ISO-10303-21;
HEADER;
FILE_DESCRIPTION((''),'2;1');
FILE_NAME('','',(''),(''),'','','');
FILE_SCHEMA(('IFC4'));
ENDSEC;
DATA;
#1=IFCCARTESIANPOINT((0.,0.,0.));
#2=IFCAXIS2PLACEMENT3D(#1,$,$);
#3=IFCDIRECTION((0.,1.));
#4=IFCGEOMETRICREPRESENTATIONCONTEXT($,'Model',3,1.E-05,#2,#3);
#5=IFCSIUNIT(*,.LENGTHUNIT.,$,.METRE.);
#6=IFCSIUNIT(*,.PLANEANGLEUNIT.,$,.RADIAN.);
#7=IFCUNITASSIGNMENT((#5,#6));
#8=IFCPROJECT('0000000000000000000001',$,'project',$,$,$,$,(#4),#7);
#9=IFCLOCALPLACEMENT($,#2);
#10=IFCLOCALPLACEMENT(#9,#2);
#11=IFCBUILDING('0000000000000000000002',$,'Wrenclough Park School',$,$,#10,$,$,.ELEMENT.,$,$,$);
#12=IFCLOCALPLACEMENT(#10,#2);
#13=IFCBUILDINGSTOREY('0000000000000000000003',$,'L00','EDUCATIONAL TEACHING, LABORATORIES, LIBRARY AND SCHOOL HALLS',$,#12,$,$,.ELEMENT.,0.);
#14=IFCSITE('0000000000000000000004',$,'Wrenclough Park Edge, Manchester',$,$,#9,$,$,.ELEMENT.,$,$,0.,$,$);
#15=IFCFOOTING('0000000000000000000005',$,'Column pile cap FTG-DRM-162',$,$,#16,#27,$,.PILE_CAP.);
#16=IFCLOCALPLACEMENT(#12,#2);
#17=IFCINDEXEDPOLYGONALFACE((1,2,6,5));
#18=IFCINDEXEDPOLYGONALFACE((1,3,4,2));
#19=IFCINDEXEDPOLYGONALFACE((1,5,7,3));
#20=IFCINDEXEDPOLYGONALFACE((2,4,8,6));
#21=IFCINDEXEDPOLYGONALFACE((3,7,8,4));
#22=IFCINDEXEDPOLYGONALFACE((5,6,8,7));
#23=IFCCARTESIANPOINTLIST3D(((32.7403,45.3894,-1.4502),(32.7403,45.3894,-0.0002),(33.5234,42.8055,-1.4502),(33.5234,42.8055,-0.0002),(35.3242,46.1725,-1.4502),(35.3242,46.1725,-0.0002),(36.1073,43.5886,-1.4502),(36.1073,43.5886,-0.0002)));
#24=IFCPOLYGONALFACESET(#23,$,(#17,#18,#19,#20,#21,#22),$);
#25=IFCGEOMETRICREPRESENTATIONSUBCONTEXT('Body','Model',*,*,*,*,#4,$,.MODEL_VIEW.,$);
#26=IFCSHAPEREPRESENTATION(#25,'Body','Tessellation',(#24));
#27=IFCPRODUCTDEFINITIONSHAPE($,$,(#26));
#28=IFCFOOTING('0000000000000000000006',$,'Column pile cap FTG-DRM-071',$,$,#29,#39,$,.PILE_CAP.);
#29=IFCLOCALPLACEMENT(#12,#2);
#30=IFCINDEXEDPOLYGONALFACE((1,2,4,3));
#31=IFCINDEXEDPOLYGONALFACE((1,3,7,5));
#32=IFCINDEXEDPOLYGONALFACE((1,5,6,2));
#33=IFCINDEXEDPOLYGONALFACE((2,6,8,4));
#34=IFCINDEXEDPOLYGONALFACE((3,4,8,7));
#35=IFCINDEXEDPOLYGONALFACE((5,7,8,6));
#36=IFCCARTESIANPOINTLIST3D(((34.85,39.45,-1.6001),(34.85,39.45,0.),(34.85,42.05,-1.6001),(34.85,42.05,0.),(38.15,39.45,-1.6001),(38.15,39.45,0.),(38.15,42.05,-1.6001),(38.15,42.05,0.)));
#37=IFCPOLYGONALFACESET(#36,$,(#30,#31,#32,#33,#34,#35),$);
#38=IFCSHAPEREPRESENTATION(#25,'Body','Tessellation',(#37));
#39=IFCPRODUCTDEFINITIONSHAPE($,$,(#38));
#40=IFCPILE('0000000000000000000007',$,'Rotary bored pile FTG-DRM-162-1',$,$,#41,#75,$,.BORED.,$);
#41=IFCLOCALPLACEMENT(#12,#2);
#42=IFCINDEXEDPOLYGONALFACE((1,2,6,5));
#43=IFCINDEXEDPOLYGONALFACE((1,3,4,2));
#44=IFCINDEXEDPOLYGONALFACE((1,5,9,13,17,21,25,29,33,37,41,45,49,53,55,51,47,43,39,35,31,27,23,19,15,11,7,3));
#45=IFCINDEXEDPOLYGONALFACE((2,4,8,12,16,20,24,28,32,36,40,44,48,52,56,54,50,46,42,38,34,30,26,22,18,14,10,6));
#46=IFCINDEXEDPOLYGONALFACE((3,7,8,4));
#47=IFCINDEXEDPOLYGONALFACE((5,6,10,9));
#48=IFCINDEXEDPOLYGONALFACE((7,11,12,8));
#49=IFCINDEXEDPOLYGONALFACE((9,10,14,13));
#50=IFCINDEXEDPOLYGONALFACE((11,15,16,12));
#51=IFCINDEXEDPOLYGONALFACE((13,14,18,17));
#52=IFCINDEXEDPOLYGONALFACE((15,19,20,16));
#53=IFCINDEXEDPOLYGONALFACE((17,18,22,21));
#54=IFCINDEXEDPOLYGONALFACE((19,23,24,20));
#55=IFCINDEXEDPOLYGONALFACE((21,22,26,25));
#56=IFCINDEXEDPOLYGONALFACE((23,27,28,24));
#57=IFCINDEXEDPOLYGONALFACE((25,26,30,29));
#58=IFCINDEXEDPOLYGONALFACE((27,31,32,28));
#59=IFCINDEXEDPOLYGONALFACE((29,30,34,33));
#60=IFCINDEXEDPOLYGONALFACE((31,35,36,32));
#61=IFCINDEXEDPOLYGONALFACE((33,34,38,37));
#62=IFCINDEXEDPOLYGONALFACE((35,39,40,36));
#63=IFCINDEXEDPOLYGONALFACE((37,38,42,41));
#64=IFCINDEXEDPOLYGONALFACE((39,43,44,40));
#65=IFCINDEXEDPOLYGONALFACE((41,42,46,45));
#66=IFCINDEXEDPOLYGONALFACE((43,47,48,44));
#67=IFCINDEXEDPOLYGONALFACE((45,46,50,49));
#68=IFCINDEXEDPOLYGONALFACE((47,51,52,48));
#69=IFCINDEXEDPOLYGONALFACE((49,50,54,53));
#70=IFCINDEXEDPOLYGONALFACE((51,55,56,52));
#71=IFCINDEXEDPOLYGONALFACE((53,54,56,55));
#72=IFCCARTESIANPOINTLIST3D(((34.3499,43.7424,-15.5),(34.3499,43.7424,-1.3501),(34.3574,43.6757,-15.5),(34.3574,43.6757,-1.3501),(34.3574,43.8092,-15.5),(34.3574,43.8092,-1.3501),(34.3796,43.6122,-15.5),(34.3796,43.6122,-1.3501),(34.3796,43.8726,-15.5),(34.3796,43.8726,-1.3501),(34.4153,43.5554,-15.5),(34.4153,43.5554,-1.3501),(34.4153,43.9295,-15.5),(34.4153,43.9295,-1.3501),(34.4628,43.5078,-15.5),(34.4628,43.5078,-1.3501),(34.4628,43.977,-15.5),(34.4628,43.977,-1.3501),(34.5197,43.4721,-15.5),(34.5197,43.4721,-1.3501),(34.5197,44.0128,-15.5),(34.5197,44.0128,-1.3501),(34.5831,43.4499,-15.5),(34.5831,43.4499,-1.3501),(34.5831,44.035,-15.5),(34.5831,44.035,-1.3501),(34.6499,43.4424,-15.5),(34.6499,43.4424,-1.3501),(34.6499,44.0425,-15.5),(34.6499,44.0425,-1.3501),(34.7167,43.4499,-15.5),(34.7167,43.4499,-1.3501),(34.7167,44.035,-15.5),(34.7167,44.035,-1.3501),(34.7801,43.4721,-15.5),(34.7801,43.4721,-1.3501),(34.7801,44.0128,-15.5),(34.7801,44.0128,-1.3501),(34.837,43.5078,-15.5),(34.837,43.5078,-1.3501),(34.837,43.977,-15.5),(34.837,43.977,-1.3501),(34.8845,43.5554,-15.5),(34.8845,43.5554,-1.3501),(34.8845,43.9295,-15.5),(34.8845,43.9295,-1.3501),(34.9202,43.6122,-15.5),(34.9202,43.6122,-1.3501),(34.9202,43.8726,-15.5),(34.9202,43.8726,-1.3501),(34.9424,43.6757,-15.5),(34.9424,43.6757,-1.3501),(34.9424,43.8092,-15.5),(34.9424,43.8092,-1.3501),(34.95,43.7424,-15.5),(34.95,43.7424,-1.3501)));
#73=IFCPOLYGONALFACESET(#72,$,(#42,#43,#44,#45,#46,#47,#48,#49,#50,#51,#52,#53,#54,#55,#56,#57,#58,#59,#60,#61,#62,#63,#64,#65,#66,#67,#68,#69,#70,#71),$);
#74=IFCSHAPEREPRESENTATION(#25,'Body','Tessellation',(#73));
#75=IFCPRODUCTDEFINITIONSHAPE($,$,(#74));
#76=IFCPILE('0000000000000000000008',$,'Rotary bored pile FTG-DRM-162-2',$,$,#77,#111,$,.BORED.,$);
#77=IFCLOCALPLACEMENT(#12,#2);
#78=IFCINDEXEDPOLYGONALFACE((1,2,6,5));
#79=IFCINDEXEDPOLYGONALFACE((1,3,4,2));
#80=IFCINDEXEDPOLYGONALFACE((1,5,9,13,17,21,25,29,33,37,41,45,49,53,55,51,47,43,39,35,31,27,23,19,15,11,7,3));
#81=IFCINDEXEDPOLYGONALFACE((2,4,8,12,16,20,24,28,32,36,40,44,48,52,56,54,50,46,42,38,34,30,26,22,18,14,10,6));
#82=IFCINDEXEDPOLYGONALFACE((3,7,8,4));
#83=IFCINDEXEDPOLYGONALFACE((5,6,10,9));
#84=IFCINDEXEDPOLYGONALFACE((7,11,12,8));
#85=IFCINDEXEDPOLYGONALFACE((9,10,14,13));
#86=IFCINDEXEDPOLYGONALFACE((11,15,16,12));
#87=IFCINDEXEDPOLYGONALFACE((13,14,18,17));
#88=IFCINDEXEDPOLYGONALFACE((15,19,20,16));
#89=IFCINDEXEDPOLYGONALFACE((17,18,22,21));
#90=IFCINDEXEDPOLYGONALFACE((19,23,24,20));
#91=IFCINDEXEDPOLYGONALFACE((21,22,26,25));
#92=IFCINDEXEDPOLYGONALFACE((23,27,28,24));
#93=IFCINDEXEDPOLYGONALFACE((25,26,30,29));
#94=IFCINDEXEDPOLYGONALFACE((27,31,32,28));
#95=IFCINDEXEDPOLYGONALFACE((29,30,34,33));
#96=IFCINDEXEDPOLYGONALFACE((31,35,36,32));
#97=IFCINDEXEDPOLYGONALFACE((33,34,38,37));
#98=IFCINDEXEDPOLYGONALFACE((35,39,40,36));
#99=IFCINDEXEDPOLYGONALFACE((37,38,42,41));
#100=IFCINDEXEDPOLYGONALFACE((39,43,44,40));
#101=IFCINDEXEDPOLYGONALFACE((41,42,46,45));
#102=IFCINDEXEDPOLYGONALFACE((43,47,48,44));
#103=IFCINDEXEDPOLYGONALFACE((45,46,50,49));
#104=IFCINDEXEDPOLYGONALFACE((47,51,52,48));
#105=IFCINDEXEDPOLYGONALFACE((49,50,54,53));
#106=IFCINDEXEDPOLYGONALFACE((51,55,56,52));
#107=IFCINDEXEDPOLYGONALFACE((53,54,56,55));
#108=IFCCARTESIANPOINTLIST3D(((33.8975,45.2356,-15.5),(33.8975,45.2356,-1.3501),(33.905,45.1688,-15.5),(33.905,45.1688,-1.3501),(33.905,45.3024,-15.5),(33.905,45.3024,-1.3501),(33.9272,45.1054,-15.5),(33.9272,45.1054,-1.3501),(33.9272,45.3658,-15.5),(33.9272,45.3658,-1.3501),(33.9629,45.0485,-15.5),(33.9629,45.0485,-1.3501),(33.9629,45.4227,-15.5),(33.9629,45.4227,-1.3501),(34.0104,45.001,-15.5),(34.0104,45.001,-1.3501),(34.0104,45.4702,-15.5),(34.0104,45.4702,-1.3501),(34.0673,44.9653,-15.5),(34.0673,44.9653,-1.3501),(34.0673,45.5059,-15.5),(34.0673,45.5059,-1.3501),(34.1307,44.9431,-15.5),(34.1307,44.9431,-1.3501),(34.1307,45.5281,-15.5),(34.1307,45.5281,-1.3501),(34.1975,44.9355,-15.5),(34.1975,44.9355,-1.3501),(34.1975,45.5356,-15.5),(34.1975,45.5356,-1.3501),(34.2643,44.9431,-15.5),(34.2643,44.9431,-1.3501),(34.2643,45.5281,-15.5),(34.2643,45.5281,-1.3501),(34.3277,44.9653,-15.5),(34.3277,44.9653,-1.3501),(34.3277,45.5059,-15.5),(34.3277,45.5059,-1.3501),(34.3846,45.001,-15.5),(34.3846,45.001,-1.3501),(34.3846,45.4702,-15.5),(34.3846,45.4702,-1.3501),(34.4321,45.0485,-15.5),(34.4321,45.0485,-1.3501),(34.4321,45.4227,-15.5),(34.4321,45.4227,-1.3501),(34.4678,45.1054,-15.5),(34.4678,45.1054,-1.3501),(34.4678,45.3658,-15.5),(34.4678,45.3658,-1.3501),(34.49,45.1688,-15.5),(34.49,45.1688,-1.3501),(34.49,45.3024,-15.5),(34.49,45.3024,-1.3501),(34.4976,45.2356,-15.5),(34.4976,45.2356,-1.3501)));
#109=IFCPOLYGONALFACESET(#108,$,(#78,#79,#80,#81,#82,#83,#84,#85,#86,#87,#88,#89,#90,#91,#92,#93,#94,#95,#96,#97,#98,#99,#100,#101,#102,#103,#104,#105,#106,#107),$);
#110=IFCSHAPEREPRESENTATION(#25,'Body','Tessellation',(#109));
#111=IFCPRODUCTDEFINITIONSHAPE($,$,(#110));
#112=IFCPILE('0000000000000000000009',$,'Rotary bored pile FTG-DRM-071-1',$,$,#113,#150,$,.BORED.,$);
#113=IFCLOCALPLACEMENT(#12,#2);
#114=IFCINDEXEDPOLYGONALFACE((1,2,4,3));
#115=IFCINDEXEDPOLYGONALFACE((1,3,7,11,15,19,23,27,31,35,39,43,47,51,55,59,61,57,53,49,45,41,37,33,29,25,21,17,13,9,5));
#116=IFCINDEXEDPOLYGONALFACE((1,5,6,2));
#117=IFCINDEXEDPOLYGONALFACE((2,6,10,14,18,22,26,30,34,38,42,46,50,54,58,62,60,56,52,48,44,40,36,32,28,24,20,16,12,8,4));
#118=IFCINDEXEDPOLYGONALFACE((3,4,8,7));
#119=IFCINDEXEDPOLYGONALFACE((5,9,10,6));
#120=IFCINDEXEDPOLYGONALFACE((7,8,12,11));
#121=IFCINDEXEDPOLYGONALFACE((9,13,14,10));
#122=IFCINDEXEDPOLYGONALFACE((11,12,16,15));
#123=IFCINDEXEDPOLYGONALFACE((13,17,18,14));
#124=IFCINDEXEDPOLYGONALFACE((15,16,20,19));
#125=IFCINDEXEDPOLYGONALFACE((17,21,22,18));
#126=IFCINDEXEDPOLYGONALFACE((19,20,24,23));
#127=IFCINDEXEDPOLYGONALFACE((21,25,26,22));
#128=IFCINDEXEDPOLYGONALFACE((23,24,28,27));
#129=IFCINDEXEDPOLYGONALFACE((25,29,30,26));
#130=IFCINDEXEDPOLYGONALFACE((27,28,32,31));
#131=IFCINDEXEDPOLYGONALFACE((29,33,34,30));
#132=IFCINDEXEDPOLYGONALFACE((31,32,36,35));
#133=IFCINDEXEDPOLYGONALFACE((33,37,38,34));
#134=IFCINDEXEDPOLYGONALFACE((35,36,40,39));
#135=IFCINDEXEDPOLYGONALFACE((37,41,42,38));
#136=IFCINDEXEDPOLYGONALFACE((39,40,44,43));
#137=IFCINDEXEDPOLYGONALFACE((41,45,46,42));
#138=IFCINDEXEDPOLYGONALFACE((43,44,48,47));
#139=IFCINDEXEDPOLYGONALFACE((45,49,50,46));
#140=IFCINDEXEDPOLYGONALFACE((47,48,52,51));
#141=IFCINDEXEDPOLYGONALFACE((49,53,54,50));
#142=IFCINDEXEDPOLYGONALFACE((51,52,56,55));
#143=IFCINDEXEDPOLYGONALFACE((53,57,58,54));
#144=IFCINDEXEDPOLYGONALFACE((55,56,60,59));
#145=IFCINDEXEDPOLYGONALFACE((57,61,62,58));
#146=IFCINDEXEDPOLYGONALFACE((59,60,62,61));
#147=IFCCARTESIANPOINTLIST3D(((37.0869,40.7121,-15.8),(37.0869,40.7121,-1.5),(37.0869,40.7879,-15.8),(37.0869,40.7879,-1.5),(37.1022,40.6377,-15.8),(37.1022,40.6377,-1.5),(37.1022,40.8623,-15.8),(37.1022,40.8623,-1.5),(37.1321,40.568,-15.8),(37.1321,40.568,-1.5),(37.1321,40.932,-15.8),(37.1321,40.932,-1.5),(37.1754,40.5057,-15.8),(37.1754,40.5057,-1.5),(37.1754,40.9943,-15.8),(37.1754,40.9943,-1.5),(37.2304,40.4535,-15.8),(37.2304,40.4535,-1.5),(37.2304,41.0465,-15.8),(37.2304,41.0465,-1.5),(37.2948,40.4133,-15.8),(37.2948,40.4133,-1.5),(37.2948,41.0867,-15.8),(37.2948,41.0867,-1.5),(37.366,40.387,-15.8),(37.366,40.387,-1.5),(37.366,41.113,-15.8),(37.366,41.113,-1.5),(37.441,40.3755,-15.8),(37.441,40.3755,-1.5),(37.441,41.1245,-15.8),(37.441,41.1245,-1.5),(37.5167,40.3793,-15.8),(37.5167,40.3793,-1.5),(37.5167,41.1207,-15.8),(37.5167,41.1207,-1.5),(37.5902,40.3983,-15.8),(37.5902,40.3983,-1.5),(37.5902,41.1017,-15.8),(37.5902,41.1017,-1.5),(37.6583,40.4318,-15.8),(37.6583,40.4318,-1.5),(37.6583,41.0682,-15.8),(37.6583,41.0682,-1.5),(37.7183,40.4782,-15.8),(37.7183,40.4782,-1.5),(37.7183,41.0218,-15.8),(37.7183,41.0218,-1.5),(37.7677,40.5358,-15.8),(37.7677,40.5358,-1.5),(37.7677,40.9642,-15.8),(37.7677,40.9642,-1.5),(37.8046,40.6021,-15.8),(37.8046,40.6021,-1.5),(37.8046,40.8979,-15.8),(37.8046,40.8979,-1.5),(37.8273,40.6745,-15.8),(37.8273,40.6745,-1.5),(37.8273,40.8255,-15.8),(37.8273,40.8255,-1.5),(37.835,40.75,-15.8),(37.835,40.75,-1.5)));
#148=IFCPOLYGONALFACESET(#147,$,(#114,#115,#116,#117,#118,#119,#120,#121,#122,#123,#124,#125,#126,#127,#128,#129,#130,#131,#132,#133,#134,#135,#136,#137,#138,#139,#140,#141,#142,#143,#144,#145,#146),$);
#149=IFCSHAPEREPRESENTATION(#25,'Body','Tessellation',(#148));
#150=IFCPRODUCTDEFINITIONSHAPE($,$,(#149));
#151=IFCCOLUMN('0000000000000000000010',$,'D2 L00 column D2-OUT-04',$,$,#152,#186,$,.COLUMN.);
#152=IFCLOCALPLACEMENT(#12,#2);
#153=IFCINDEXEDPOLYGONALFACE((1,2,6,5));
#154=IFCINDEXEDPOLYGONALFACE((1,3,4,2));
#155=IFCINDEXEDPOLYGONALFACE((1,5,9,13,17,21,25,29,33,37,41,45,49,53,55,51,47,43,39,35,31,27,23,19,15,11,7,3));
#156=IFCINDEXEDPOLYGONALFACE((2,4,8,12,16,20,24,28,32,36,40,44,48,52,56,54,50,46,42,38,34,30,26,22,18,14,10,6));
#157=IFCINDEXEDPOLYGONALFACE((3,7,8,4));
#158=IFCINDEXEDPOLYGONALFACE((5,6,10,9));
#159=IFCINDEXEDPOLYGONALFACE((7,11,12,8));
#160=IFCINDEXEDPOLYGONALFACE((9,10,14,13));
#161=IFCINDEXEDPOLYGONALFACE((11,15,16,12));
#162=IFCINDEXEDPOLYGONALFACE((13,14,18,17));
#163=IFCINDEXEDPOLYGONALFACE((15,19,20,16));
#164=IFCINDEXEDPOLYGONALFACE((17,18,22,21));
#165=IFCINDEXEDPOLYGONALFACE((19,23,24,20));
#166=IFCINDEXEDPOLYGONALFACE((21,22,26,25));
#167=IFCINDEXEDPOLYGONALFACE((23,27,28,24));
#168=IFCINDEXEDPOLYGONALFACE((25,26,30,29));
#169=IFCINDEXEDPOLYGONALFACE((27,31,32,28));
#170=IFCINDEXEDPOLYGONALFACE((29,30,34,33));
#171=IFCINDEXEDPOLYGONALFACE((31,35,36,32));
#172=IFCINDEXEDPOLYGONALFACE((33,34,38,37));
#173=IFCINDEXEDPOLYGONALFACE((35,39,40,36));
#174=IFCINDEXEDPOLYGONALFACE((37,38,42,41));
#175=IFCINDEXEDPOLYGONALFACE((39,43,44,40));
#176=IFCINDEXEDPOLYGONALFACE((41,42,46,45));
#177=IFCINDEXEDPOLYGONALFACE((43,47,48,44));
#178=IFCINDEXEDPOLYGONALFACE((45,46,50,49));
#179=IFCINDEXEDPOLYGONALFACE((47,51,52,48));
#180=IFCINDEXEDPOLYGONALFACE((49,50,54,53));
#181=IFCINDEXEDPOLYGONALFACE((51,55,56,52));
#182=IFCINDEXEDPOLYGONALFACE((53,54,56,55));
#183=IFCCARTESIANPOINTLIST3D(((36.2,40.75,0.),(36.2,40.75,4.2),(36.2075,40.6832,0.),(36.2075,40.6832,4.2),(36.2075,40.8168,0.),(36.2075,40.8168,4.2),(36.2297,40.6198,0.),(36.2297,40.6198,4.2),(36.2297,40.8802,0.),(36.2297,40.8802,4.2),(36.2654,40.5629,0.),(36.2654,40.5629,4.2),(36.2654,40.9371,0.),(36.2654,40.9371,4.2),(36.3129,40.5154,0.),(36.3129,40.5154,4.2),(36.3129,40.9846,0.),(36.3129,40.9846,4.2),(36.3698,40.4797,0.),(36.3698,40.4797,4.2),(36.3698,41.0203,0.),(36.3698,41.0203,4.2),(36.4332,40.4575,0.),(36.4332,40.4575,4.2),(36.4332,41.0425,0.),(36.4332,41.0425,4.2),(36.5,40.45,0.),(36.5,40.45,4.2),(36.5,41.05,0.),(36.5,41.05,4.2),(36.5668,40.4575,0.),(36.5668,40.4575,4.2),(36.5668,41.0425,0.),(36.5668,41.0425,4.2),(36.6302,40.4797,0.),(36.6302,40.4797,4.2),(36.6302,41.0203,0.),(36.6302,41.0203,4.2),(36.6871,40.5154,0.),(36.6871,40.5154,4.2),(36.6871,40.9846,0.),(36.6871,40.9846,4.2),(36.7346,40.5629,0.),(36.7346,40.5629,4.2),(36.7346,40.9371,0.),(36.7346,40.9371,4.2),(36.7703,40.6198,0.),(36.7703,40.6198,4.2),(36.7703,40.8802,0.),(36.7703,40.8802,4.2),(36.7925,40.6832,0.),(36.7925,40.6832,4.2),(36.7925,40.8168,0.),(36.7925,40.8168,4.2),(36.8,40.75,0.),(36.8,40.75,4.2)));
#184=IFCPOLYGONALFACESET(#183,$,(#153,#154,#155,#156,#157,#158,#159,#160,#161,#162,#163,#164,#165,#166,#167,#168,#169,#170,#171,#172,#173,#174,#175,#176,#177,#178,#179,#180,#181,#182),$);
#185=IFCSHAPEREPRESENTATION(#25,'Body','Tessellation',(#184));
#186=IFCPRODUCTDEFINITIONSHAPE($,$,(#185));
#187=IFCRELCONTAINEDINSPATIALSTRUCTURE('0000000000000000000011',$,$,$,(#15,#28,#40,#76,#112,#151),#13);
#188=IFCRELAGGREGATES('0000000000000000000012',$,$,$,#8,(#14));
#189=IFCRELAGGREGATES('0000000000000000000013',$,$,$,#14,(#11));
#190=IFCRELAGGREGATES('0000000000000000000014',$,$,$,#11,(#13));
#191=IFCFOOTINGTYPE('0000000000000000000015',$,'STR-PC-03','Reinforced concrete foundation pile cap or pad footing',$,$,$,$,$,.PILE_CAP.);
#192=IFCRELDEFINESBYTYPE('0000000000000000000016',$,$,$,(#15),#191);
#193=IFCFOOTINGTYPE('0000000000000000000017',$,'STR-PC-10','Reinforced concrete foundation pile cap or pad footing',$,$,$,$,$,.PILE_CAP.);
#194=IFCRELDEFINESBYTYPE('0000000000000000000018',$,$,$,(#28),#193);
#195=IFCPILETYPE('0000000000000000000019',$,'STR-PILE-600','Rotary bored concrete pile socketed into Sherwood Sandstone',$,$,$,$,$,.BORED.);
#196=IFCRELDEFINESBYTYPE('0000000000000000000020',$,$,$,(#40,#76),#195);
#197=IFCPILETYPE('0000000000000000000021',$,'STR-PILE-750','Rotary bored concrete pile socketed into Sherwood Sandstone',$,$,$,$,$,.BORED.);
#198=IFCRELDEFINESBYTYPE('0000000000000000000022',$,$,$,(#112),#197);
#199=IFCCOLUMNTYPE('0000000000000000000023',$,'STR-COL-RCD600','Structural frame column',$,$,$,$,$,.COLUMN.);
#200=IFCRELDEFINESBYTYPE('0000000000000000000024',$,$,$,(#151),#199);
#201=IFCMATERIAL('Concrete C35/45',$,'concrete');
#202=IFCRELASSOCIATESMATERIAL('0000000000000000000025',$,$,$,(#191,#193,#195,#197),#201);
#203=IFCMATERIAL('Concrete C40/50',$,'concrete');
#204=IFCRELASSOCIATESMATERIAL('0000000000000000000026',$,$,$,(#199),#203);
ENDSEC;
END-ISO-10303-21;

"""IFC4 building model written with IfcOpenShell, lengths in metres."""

from ifc_helpers import new_model, si_unit, direction, frame, origin, origin_2d, place, context, subcontext, project, spatial, rectangle, circle, extrude, material, material_profile, profile_set, type_object, element, save


model = new_model("IFC4")

# Units and contexts
model_context = context("Model", 3, precision=1e-05, world=origin(), true_north=direction((0.0, 1.0)))
body_context = subcontext(model_context, "Body", "Model", "MODEL_VIEW")
ifc_project = project(units=[si_unit("LENGTHUNIT", "METRE"), si_unit("PLANEANGLEUNIT", "RADIAN")], contexts=[model_context])

# Site, building, storey
site_placement = place(None, origin())
site = spatial("IfcSite", under=ifc_project, at=site_placement, Name="Wrenclough Park Edge, Manchester", CompositionType="ELEMENT", RefElevation=0.0)
building_placement = place(site_placement, origin())
building = spatial("IfcBuilding", under=site, at=building_placement, Name="Wrenclough Park School", CompositionType="ELEMENT")
storey_placement = place(building_placement, origin())
storey = spatial("IfcBuildingStorey", under=building, at=storey_placement, Name="L00", Description="EDUCATIONAL TEACHING, LABORATORIES, LIBRARY AND SCHOOL HALLS", CompositionType="ELEMENT", Elevation=0.0)

# Footings
ifc_material_1 = material(Name="Concrete C35/45", Category="concrete")
footing_type_1 = type_object("IfcFootingType", Name="STR-PC-03", Description="Reinforced concrete foundation pile cap or pad footing", PredefinedType="PILE_CAP", material=ifc_material_1)
footing_1_placement = place(storey_placement, frame((34.4238, 44.489, -1.4502), z_axis=(0.0, 0.0, 1.0), x_axis=(-0.290034, 0.957016, 0.0)))
element("IfcFooting", 1, at=footing_1_placement, inside=storey, type_object=footing_type_1, Name="Column pile cap FTG-DRM-162", PredefinedType="PILE_CAP", context=body_context, shape_type="SweptSolid", body=[
    extrude(rectangle(XDim=2.7, YDim=2.7, at=origin_2d()), origin(), (0.0, 0.0, 1.0), 1.45),
])
footing_type_2 = type_object("IfcFootingType", Name="STR-PC-10", Description="Reinforced concrete foundation pile cap or pad footing", PredefinedType="PILE_CAP", material=ifc_material_1)
footing_2_placement = place(storey_placement, frame((36.5, 40.75, -1.6001), z_axis=(0.0, 0.0, 1.0), x_axis=(-1.0, 0.0, 0.0)))
element("IfcFooting", 2, at=footing_2_placement, inside=storey, type_object=footing_type_2, Name="Column pile cap FTG-DRM-071", PredefinedType="PILE_CAP", context=body_context, shape_type="SweptSolid", body=[
    extrude(rectangle(XDim=3.3, YDim=2.6001, at=origin_2d()), origin(), (0.0, 0.0, 1.0), 1.6001),
])

# Piles
ifc_material_profile_1 = material_profile(ifc_material_1, circle(Radius=0.3, at=origin_2d()), Name="BORED PILE D600")
ifc_profile_set_1 = profile_set([ifc_material_profile_1], Name="Concrete C35/45")
pile_type_1 = type_object("IfcPileType", Name="STR-PILE-600", Description="Rotary bored concrete pile socketed into Sherwood Sandstone", PredefinedType="BORED", material=ifc_profile_set_1)
for number, where, z_axis, x_axis, name in (
    (3, (34.6499, 43.7424, -1.3501), (0.0, 0.0, -1.0), (1.0, 0.0, 0.0), "Rotary bored pile FTG-DRM-162-1"),
    (4, (34.1975, 45.2356, -1.3501), (0.0, 0.0, -1.0), (1.0, 0.0, 0.0), "Rotary bored pile FTG-DRM-162-2"),
):
    element("IfcPile", number, at=place(storey_placement, frame(where, z_axis=z_axis, x_axis=x_axis)), inside=storey, type_object=pile_type_1, Name=name, PredefinedType="BORED", context=body_context, shape_type="SweptSolid", body=[
        extrude(circle(Radius=0.3, at=origin_2d()), origin(), (0.0, 0.0, 1.0), 14.1499),
    ])
ifc_material_profile_2 = material_profile(ifc_material_1, circle(Radius=0.375, at=origin_2d()), Name="BORED PILE D750")
ifc_profile_set_2 = profile_set([ifc_material_profile_2], Name="Concrete C35/45")
pile_type_2 = type_object("IfcPileType", Name="STR-PILE-750", Description="Rotary bored concrete pile socketed into Sherwood Sandstone", PredefinedType="BORED", material=ifc_profile_set_2)
pile_placement = place(storey_placement, frame((37.46, 40.75, -1.5), z_axis=(0.0, 0.0, -1.0), x_axis=(1.0, 0.0, 0.0)))
element("IfcPile", 5, at=pile_placement, inside=storey, type_object=pile_type_2, Name="Rotary bored pile FTG-DRM-071-1", PredefinedType="BORED", context=body_context, shape_type="SweptSolid", body=[
    extrude(circle(Radius=0.375, at=origin_2d()), origin(), (0.0, 0.0, 1.0), 14.3),
])

# Column
ifc_material_2 = material(Name="Concrete C40/50", Category="concrete")
ifc_material_profile_3 = material_profile(ifc_material_2, circle(Radius=0.3, at=origin_2d()), Name="RC COL D600")
ifc_profile_set_3 = profile_set([ifc_material_profile_3], Name="Concrete C40/50")
column_type_1 = type_object("IfcColumnType", Name="STR-COL-RCD600", Description="Structural frame column", PredefinedType="COLUMN", material=ifc_profile_set_3)
column_1_placement = place(storey_placement, frame((36.5, 40.75, 0.0), z_axis=(0.0, 0.0, 1.0), x_axis=(-1.0, 0.0, 0.0)))
element("IfcColumn", 6, at=column_1_placement, inside=storey, type_object=column_type_1, Name="D2 L00 column D2-OUT-04", PredefinedType="COLUMN", context=body_context, shape_type="SweptSolid", body=[
    extrude(circle(Radius=0.3, at=origin_2d()), origin(), (0.0, 0.0, 1.0), 4.2),
])

save(model, "model.ifc")
